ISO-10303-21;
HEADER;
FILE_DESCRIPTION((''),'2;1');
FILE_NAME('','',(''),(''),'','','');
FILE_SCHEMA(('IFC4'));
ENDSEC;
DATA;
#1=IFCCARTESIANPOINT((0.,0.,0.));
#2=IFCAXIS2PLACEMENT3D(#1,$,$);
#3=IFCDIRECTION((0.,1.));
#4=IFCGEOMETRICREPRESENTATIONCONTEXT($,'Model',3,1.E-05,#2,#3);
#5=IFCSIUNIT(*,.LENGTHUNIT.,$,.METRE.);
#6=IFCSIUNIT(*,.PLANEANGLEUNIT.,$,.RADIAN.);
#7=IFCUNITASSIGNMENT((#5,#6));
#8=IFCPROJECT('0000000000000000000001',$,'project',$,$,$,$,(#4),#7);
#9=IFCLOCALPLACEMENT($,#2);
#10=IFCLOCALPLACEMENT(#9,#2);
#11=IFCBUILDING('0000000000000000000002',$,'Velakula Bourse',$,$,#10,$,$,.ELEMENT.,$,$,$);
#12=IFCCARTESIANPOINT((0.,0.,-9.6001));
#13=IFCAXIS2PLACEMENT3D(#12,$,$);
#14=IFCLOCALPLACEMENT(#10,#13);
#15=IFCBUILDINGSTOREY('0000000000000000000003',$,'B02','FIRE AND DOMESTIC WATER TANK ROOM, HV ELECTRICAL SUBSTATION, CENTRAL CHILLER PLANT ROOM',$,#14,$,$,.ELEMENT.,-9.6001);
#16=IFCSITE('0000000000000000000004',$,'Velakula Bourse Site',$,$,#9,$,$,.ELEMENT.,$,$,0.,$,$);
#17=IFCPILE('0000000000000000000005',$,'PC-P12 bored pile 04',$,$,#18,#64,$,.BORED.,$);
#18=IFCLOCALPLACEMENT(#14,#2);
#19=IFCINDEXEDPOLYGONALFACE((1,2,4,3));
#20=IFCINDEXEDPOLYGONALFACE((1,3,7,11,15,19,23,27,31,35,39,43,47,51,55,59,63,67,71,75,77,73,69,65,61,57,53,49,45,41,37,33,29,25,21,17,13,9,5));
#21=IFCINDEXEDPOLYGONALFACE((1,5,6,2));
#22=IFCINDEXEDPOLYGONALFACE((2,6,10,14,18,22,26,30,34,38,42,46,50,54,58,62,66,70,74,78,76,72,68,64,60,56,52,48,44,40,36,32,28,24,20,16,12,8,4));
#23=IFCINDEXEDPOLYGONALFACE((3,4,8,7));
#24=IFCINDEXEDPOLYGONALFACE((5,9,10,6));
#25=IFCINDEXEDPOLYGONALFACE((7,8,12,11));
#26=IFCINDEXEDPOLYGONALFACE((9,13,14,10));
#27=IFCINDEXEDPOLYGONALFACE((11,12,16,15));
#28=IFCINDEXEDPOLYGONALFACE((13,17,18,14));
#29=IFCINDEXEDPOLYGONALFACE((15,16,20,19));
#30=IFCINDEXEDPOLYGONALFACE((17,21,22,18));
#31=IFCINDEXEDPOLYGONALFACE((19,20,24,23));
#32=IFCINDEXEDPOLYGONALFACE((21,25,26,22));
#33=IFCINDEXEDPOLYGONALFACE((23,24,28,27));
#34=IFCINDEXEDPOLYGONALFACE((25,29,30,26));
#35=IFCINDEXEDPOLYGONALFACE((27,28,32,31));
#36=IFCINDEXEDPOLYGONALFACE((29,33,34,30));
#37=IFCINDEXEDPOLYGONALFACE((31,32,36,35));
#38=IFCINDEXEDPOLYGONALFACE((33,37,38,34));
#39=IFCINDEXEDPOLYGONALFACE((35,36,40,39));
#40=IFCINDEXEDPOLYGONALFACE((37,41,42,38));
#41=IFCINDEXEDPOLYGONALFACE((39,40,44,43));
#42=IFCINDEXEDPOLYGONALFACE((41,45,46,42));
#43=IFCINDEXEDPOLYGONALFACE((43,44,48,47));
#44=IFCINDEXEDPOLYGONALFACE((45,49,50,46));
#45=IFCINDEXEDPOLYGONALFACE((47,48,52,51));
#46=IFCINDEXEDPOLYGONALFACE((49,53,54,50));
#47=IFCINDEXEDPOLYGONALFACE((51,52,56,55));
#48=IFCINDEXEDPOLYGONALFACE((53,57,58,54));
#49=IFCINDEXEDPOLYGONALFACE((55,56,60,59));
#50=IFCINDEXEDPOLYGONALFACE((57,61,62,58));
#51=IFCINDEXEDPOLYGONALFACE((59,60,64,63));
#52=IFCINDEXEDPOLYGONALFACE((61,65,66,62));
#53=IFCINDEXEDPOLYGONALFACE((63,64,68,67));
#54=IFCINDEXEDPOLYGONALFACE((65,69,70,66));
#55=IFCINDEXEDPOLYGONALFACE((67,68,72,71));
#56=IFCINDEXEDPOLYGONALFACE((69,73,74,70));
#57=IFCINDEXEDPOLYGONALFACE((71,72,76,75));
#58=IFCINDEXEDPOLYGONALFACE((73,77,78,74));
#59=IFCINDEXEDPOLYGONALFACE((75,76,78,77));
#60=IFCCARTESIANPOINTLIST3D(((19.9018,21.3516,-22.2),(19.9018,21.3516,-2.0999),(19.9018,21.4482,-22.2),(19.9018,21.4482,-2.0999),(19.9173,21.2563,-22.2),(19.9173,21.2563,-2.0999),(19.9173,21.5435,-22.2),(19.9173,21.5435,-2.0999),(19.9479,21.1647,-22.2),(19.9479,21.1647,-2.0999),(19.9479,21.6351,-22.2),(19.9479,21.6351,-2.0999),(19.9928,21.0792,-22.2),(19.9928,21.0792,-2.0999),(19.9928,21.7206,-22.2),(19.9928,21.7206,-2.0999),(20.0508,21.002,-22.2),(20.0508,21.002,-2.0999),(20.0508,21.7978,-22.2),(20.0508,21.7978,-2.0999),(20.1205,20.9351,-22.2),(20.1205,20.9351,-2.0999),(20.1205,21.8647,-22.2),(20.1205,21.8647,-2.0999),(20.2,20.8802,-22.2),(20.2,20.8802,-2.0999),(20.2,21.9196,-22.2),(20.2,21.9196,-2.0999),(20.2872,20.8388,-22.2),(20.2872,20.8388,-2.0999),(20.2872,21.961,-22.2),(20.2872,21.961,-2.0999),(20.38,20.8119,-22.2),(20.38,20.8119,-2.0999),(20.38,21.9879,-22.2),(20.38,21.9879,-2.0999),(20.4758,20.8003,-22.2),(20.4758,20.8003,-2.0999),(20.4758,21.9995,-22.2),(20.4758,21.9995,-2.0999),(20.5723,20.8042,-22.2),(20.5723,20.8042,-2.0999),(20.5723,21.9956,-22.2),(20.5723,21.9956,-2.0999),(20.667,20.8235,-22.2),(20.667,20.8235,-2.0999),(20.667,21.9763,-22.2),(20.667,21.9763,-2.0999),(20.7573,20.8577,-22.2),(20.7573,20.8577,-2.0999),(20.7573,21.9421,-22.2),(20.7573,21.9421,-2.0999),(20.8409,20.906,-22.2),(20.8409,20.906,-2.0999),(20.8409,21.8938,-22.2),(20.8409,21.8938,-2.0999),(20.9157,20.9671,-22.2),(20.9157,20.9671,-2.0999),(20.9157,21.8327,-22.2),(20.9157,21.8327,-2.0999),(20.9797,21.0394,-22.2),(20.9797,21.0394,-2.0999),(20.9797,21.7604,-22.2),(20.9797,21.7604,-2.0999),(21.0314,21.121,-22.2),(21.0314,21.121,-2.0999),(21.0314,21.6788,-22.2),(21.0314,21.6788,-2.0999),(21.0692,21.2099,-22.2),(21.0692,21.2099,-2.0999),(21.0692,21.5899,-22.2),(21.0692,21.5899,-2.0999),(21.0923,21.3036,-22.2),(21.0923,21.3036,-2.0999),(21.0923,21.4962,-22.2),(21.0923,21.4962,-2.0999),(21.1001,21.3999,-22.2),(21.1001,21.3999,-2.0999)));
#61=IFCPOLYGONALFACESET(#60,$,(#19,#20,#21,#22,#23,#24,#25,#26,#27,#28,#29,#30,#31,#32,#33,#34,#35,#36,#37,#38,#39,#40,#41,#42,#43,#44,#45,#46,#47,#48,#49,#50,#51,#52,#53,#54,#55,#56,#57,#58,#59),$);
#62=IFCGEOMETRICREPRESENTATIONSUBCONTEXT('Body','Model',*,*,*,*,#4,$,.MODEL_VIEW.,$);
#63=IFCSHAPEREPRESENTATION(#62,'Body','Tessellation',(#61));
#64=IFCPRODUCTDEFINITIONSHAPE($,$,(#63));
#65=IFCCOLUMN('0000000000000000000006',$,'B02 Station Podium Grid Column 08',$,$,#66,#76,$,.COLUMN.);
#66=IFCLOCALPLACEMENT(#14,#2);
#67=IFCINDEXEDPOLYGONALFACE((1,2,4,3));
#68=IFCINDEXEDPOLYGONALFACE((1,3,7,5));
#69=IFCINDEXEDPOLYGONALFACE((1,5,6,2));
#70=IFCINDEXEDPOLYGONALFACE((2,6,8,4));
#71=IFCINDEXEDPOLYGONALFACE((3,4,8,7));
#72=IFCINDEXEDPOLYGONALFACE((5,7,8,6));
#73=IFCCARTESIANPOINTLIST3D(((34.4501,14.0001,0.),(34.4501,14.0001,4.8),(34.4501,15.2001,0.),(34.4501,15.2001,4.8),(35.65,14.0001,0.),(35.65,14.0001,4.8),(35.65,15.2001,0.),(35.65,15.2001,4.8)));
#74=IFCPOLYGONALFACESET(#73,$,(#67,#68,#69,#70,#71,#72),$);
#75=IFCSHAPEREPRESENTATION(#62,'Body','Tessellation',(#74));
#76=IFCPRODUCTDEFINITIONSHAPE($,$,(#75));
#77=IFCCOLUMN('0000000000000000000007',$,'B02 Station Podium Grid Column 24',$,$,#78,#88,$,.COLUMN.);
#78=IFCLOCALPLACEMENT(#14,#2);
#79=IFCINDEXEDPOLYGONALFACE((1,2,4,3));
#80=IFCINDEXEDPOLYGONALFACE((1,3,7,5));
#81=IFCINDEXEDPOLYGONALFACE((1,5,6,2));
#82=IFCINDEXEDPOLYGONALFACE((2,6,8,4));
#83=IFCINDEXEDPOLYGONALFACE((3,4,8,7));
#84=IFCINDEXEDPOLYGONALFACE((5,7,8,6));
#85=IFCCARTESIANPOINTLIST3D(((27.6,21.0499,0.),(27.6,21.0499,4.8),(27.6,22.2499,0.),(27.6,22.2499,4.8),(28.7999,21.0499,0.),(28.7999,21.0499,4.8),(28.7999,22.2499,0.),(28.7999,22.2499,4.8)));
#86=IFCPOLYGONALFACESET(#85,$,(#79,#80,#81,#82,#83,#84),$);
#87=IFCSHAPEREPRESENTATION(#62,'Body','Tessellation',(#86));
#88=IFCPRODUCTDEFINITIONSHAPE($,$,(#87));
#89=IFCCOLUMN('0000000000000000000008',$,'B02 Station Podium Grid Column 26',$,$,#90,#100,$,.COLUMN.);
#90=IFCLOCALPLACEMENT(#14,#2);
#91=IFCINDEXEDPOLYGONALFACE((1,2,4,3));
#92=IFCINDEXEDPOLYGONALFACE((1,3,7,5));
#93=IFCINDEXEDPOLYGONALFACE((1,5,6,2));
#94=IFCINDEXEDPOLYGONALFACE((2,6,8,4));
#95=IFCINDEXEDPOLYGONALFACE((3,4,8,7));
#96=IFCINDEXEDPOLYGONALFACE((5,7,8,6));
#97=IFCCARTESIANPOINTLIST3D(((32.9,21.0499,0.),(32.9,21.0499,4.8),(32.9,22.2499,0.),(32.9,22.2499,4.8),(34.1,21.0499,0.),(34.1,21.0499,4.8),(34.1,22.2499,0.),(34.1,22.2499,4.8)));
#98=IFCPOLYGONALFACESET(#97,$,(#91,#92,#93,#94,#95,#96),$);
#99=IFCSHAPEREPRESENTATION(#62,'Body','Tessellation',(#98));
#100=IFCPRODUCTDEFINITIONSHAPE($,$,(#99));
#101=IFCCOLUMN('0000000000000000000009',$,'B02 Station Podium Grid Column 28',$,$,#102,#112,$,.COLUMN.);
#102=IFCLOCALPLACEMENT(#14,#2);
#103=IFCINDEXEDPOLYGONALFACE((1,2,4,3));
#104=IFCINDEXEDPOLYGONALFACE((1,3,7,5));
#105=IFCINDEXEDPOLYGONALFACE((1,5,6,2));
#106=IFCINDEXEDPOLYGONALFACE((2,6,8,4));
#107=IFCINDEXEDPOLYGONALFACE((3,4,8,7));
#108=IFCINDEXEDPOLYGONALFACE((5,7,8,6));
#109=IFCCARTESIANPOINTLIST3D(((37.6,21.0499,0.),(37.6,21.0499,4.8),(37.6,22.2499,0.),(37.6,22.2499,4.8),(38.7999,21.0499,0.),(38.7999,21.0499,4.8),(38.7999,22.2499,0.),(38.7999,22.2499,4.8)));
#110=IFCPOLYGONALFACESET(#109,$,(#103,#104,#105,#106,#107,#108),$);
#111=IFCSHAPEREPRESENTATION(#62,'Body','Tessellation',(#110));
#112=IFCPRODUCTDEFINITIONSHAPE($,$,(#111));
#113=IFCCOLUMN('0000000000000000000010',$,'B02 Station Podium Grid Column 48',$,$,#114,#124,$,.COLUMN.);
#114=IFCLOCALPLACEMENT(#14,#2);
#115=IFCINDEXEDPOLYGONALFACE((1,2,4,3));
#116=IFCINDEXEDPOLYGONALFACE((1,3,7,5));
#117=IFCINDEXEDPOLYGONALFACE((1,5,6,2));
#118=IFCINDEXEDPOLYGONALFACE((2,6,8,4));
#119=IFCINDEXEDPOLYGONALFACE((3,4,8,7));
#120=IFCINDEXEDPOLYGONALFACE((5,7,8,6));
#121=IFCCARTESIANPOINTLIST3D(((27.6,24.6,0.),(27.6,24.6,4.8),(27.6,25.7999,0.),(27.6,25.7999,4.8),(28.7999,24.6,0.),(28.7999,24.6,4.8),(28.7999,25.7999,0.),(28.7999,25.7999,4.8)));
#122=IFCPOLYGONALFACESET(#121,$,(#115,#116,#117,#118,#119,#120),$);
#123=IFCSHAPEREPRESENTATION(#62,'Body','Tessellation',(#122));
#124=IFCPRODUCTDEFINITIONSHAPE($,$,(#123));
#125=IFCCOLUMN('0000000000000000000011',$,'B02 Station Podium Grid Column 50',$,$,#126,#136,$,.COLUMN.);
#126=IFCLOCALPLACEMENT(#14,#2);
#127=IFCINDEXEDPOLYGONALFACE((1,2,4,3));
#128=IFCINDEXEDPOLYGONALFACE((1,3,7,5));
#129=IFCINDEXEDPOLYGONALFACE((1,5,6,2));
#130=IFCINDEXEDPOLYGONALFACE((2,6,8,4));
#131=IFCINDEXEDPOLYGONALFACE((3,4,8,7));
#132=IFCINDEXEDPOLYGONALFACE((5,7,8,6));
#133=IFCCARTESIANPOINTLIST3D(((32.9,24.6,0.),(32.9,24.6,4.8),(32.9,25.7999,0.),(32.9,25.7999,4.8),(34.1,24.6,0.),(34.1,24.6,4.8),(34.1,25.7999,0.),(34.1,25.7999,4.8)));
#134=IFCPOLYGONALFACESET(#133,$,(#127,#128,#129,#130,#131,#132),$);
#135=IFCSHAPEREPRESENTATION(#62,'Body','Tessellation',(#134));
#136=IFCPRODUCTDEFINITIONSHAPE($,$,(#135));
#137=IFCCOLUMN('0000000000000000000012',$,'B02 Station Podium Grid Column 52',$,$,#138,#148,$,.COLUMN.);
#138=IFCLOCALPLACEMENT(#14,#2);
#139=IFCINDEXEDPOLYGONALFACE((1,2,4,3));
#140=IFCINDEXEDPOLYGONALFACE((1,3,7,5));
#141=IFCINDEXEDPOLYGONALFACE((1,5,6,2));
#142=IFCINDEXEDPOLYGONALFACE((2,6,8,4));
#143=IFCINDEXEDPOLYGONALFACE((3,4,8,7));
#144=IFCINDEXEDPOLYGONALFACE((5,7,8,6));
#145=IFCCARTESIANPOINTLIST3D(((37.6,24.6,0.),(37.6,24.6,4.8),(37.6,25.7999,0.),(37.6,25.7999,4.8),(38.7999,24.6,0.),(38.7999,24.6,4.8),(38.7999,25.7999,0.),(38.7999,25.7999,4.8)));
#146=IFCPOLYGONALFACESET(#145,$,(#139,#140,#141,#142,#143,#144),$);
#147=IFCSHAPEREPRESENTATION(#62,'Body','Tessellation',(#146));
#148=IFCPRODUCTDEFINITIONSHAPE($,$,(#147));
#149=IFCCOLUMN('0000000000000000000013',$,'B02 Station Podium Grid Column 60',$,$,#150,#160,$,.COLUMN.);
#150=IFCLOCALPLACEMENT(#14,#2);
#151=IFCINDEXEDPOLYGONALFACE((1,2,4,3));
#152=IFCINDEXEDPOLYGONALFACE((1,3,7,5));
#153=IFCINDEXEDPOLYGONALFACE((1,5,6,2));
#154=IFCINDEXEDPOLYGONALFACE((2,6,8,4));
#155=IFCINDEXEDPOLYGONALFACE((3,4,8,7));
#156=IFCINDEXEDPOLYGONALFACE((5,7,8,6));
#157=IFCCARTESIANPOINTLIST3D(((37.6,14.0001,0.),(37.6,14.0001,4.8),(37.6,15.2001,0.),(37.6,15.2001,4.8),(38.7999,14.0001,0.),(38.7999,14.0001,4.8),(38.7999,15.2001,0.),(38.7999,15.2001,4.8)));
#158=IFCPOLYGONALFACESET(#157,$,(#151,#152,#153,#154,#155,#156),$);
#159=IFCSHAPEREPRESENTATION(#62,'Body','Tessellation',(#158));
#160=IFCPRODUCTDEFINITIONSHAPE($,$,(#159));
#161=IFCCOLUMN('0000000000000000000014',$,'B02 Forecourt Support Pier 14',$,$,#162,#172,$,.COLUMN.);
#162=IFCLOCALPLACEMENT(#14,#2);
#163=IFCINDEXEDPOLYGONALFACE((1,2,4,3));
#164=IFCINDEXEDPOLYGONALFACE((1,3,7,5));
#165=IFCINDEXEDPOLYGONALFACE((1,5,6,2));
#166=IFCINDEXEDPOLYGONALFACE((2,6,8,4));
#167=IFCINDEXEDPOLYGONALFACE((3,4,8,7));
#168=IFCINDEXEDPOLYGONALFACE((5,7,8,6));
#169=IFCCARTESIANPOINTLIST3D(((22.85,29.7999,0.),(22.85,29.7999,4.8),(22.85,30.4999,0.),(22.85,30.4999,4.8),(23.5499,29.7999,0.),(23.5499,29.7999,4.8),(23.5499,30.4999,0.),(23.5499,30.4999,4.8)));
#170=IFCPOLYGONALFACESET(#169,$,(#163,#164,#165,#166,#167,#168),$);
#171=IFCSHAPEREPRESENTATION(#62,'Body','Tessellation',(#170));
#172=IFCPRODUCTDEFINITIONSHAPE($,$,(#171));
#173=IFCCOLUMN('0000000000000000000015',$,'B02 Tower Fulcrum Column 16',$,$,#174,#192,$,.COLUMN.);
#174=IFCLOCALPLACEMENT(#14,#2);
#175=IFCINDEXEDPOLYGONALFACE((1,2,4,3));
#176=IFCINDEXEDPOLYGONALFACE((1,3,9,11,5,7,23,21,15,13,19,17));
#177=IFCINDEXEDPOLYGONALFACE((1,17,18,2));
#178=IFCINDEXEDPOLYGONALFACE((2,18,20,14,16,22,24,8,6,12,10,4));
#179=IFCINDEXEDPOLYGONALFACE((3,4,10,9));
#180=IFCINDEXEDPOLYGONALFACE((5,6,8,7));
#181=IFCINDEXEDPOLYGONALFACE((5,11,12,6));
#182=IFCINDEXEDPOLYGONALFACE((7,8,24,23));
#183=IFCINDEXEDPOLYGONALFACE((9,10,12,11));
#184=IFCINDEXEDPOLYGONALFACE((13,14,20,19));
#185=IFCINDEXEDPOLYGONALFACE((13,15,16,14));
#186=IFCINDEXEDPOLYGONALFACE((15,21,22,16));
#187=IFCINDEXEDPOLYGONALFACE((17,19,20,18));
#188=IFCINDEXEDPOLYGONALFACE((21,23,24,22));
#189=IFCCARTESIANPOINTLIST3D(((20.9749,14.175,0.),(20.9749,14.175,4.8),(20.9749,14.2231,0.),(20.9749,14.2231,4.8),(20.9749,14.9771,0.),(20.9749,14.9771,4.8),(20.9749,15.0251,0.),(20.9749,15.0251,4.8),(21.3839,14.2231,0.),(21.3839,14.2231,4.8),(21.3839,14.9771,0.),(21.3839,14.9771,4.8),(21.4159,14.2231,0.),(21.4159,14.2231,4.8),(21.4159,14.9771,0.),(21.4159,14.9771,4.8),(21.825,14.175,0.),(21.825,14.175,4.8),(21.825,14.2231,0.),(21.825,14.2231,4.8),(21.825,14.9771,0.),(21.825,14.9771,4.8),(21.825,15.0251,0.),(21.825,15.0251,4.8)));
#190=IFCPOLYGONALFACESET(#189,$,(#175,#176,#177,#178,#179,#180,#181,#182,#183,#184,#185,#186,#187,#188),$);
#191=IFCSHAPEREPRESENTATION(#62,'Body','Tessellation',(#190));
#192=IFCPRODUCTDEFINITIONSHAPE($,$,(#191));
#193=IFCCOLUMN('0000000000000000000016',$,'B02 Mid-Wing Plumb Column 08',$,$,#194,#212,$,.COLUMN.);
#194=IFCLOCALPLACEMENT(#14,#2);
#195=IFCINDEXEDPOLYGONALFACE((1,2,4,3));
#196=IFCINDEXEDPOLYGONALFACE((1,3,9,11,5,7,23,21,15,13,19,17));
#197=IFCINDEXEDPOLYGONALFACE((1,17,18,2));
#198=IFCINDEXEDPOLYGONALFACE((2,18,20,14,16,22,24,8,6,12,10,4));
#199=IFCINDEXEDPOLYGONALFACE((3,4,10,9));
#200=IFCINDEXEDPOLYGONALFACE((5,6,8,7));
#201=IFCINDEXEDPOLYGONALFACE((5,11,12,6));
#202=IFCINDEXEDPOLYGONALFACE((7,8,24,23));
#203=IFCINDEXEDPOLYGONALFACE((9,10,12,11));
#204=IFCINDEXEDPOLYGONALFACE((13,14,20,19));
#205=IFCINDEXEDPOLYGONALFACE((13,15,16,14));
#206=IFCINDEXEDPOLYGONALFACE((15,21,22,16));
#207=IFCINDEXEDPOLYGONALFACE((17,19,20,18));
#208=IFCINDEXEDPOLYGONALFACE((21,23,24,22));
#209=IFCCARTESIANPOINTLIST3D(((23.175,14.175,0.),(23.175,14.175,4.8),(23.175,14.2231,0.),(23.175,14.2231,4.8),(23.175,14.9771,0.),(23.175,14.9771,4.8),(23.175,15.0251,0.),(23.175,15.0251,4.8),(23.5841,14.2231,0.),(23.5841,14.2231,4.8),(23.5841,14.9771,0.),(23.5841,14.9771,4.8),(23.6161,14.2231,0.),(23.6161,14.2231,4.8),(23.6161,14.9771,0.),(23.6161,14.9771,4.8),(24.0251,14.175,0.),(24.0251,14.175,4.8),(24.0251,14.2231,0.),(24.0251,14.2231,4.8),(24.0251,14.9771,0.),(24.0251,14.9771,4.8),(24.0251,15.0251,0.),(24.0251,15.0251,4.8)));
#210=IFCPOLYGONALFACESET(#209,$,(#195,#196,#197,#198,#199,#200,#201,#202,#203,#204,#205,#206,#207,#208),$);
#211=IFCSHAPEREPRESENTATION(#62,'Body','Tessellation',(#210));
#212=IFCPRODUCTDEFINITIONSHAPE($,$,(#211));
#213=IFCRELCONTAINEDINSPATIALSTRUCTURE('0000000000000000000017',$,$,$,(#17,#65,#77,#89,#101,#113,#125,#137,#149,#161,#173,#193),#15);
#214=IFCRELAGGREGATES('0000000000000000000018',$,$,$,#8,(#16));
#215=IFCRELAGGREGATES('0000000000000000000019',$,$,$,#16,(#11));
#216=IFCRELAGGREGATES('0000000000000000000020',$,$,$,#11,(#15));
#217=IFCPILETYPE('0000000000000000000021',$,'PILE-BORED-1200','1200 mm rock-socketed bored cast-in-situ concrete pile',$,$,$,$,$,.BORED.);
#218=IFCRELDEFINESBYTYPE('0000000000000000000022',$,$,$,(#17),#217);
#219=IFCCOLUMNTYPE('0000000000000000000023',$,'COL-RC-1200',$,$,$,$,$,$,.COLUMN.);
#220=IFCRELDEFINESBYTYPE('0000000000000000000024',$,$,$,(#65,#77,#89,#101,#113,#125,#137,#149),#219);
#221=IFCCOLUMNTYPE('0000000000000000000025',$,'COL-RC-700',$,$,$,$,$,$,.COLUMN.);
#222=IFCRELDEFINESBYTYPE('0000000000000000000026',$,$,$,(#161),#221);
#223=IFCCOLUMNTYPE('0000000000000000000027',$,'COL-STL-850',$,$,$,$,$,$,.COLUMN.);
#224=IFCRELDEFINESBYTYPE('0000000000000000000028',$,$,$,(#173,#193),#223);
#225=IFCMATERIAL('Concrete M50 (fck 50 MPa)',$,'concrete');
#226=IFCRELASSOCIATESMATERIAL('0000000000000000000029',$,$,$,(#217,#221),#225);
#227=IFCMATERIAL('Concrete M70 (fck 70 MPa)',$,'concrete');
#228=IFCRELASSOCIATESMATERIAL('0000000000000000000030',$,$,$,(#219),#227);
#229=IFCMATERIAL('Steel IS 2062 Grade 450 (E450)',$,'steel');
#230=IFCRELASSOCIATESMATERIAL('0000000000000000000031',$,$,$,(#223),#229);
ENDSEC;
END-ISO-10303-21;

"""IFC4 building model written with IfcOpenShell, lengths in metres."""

from ifc_helpers import new_model, si_unit, direction, frame, origin, origin_2d, place, context, subcontext, project, spatial, rectangle, circle, i_section, extrude, material, material_profile, profile_set, type_object, element, save


model = new_model("IFC4")

# Units and contexts
model_context = context("Model", 3, precision=1e-05, world=origin(), true_north=direction((0.0, 1.0)))
body_context = subcontext(model_context, "Body", "Model", "MODEL_VIEW")
ifc_project = project(units=[si_unit("LENGTHUNIT", "METRE"), si_unit("PLANEANGLEUNIT", "RADIAN")], contexts=[model_context])

# Site, building, storey
site_placement = place(None, origin())
site = spatial("IfcSite", under=ifc_project, at=site_placement, Name="Velakula Bourse Site", CompositionType="ELEMENT", RefElevation=0.0)
building_placement = place(site_placement, origin())
building = spatial("IfcBuilding", under=site, at=building_placement, Name="Velakula Bourse", CompositionType="ELEMENT")
storey_placement = place(building_placement, frame((0.0, 0.0, -9.6001)))
storey = spatial("IfcBuildingStorey", under=building, at=storey_placement, Name="B02", Description="FIRE AND DOMESTIC WATER TANK ROOM, HV ELECTRICAL SUBSTATION, CENTRAL CHILLER PLANT ROOM", CompositionType="ELEMENT", Elevation=-9.6001)

# Shared definitions
ifc_material_1 = material(Name="Concrete M70 (fck 70 MPa)", Category="concrete")
ifc_material_2 = material(Name="Concrete M50 (fck 50 MPa)", Category="concrete")

# Pile
ifc_material_profile_1 = material_profile(ifc_material_2, circle(Radius=0.6001, at=origin_2d()), Name="Concrete M50 (fck 50 MPa)")
ifc_profile_set_1 = profile_set([ifc_material_profile_1], Name="Concrete M50 (fck 50 MPa)")
pile_type = type_object("IfcPileType", Name="PILE-BORED-1200", Description="1200 mm rock-socketed bored cast-in-situ concrete pile", PredefinedType="BORED", material=ifc_profile_set_1)
for number, where, z_axis, x_axis, name in (
    (1, (20.5, 21.3999, -2.0999), (0.0, 0.0, -1.0), (1.0, 0.0, 0.0), "PC-P12 bored pile 04"),
):
    element("IfcPile", number, at=place(storey_placement, frame(where, z_axis=z_axis, x_axis=x_axis)), inside=storey, type_object=pile_type, Name=name, PredefinedType="BORED", context=body_context, shape_type="SweptSolid", body=[
        extrude(circle(Radius=0.6001, at=origin_2d()), origin(), (0.0, 0.0, 1.0), 20.1001),
    ])

# Columns
ifc_material_profile_2 = material_profile(ifc_material_1, rectangle(XDim=1.2, YDim=1.2, at=origin_2d()), Name="Concrete M70 (fck 70 MPa)")
ifc_profile_set_2 = profile_set([ifc_material_profile_2], Name="Concrete M70 (fck 70 MPa)")
column_type_1 = type_object("IfcColumnType", Name="COL-RC-1200", PredefinedType="COLUMN", material=ifc_profile_set_2)
for number, where, z_axis, x_axis, name in (
    (2, (35.05, 14.6001, 0.0), (0.0, 0.0, 1.0), (1.0, 0.0, 0.0), "B02 Station Podium Grid Column 08"),
    (3, (28.2, 21.6499, 0.0), (0.0, 0.0, 1.0), (1.0, 0.0, 0.0), "B02 Station Podium Grid Column 24"),
    (4, (33.5, 21.6499, 0.0), (0.0, 0.0, 1.0), (1.0, 0.0, 0.0), "B02 Station Podium Grid Column 26"),
    (5, (38.2, 21.6499, 0.0), (0.0, 0.0, 1.0), (1.0, 0.0, 0.0), "B02 Station Podium Grid Column 28"),
    (6, (28.2, 25.2, 0.0), (0.0, 0.0, 1.0), (1.0, 0.0, 0.0), "B02 Station Podium Grid Column 48"),
    (7, (33.5, 25.2, 0.0), (0.0, 0.0, 1.0), (1.0, 0.0, 0.0), "B02 Station Podium Grid Column 50"),
    (8, (38.2, 25.2, 0.0), (0.0, 0.0, 1.0), (1.0, 0.0, 0.0), "B02 Station Podium Grid Column 52"),
    (9, (38.2, 14.6001, 0.0), (0.0, 0.0, 1.0), (1.0, 0.0, 0.0), "B02 Station Podium Grid Column 60"),
):
    element("IfcColumn", number, at=place(storey_placement, frame(where, z_axis=z_axis, x_axis=x_axis)), inside=storey, type_object=column_type_1, Name=name, PredefinedType="COLUMN", context=body_context, shape_type="SweptSolid", body=[
        extrude(rectangle(XDim=1.2, YDim=1.2, at=origin_2d()), origin(), (0.0, 0.0, 1.0), 4.8),
    ])
ifc_material_profile_3 = material_profile(ifc_material_2, rectangle(XDim=0.7, YDim=0.7, at=origin_2d()), Name="Concrete M50 (fck 50 MPa)")
ifc_profile_set_3 = profile_set([ifc_material_profile_3], Name="Concrete M50 (fck 50 MPa)")
column_type_2 = type_object("IfcColumnType", Name="COL-RC-700", PredefinedType="COLUMN", material=ifc_profile_set_3)
column_placement = place(storey_placement, frame((23.2, 30.1499, 0.0), z_axis=(0.0, 0.0, 1.0), x_axis=(1.0, 0.0, 0.0)))
element("IfcColumn", 10, at=column_placement, inside=storey, type_object=column_type_2, Name="B02 Forecourt Support Pier 14", PredefinedType="COLUMN", context=body_context, shape_type="SweptSolid", body=[
    extrude(rectangle(XDim=0.7, YDim=0.7, at=origin_2d()), origin(), (0.0, 0.0, 1.0), 4.8),
])
ifc_material_3 = material(Name="Steel IS 2062 Grade 450 (E450)", Category="steel")
ifc_material_profile_4 = material_profile(ifc_material_3, i_section(OverallWidth=0.8501, OverallDepth=0.8501, WebThickness=0.032, FlangeThickness=0.0481, at=origin_2d()), Name="Steel IS 2062 Grade 450 (E450)")
ifc_profile_set_4 = profile_set([ifc_material_profile_4], Name="Steel IS 2062 Grade 450 (E450)")
column_type_3 = type_object("IfcColumnType", Name="COL-STL-850", PredefinedType="COLUMN", material=ifc_profile_set_4)
for number, where, z_axis, x_axis, name in (
    (11, (21.3999, 14.6001, 0.0), (0.0, 0.0, 1.0), (1.0, 0.0, 0.0), "B02 Tower Fulcrum Column 16"),
    (12, (23.6001, 14.6001, 0.0), (0.0, 0.0, 1.0), (1.0, 0.0, 0.0), "B02 Mid-Wing Plumb Column 08"),
):
    element("IfcColumn", number, at=place(storey_placement, frame(where, z_axis=z_axis, x_axis=x_axis)), inside=storey, type_object=column_type_3, Name=name, PredefinedType="COLUMN", context=body_context, shape_type="SweptSolid", body=[
        extrude(i_section(OverallWidth=0.8501, OverallDepth=0.8501, WebThickness=0.032, FlangeThickness=0.0481, at=origin_2d()), origin(), (0.0, 0.0, 1.0), 4.8),
    ])

save(model, "model.ifc")
